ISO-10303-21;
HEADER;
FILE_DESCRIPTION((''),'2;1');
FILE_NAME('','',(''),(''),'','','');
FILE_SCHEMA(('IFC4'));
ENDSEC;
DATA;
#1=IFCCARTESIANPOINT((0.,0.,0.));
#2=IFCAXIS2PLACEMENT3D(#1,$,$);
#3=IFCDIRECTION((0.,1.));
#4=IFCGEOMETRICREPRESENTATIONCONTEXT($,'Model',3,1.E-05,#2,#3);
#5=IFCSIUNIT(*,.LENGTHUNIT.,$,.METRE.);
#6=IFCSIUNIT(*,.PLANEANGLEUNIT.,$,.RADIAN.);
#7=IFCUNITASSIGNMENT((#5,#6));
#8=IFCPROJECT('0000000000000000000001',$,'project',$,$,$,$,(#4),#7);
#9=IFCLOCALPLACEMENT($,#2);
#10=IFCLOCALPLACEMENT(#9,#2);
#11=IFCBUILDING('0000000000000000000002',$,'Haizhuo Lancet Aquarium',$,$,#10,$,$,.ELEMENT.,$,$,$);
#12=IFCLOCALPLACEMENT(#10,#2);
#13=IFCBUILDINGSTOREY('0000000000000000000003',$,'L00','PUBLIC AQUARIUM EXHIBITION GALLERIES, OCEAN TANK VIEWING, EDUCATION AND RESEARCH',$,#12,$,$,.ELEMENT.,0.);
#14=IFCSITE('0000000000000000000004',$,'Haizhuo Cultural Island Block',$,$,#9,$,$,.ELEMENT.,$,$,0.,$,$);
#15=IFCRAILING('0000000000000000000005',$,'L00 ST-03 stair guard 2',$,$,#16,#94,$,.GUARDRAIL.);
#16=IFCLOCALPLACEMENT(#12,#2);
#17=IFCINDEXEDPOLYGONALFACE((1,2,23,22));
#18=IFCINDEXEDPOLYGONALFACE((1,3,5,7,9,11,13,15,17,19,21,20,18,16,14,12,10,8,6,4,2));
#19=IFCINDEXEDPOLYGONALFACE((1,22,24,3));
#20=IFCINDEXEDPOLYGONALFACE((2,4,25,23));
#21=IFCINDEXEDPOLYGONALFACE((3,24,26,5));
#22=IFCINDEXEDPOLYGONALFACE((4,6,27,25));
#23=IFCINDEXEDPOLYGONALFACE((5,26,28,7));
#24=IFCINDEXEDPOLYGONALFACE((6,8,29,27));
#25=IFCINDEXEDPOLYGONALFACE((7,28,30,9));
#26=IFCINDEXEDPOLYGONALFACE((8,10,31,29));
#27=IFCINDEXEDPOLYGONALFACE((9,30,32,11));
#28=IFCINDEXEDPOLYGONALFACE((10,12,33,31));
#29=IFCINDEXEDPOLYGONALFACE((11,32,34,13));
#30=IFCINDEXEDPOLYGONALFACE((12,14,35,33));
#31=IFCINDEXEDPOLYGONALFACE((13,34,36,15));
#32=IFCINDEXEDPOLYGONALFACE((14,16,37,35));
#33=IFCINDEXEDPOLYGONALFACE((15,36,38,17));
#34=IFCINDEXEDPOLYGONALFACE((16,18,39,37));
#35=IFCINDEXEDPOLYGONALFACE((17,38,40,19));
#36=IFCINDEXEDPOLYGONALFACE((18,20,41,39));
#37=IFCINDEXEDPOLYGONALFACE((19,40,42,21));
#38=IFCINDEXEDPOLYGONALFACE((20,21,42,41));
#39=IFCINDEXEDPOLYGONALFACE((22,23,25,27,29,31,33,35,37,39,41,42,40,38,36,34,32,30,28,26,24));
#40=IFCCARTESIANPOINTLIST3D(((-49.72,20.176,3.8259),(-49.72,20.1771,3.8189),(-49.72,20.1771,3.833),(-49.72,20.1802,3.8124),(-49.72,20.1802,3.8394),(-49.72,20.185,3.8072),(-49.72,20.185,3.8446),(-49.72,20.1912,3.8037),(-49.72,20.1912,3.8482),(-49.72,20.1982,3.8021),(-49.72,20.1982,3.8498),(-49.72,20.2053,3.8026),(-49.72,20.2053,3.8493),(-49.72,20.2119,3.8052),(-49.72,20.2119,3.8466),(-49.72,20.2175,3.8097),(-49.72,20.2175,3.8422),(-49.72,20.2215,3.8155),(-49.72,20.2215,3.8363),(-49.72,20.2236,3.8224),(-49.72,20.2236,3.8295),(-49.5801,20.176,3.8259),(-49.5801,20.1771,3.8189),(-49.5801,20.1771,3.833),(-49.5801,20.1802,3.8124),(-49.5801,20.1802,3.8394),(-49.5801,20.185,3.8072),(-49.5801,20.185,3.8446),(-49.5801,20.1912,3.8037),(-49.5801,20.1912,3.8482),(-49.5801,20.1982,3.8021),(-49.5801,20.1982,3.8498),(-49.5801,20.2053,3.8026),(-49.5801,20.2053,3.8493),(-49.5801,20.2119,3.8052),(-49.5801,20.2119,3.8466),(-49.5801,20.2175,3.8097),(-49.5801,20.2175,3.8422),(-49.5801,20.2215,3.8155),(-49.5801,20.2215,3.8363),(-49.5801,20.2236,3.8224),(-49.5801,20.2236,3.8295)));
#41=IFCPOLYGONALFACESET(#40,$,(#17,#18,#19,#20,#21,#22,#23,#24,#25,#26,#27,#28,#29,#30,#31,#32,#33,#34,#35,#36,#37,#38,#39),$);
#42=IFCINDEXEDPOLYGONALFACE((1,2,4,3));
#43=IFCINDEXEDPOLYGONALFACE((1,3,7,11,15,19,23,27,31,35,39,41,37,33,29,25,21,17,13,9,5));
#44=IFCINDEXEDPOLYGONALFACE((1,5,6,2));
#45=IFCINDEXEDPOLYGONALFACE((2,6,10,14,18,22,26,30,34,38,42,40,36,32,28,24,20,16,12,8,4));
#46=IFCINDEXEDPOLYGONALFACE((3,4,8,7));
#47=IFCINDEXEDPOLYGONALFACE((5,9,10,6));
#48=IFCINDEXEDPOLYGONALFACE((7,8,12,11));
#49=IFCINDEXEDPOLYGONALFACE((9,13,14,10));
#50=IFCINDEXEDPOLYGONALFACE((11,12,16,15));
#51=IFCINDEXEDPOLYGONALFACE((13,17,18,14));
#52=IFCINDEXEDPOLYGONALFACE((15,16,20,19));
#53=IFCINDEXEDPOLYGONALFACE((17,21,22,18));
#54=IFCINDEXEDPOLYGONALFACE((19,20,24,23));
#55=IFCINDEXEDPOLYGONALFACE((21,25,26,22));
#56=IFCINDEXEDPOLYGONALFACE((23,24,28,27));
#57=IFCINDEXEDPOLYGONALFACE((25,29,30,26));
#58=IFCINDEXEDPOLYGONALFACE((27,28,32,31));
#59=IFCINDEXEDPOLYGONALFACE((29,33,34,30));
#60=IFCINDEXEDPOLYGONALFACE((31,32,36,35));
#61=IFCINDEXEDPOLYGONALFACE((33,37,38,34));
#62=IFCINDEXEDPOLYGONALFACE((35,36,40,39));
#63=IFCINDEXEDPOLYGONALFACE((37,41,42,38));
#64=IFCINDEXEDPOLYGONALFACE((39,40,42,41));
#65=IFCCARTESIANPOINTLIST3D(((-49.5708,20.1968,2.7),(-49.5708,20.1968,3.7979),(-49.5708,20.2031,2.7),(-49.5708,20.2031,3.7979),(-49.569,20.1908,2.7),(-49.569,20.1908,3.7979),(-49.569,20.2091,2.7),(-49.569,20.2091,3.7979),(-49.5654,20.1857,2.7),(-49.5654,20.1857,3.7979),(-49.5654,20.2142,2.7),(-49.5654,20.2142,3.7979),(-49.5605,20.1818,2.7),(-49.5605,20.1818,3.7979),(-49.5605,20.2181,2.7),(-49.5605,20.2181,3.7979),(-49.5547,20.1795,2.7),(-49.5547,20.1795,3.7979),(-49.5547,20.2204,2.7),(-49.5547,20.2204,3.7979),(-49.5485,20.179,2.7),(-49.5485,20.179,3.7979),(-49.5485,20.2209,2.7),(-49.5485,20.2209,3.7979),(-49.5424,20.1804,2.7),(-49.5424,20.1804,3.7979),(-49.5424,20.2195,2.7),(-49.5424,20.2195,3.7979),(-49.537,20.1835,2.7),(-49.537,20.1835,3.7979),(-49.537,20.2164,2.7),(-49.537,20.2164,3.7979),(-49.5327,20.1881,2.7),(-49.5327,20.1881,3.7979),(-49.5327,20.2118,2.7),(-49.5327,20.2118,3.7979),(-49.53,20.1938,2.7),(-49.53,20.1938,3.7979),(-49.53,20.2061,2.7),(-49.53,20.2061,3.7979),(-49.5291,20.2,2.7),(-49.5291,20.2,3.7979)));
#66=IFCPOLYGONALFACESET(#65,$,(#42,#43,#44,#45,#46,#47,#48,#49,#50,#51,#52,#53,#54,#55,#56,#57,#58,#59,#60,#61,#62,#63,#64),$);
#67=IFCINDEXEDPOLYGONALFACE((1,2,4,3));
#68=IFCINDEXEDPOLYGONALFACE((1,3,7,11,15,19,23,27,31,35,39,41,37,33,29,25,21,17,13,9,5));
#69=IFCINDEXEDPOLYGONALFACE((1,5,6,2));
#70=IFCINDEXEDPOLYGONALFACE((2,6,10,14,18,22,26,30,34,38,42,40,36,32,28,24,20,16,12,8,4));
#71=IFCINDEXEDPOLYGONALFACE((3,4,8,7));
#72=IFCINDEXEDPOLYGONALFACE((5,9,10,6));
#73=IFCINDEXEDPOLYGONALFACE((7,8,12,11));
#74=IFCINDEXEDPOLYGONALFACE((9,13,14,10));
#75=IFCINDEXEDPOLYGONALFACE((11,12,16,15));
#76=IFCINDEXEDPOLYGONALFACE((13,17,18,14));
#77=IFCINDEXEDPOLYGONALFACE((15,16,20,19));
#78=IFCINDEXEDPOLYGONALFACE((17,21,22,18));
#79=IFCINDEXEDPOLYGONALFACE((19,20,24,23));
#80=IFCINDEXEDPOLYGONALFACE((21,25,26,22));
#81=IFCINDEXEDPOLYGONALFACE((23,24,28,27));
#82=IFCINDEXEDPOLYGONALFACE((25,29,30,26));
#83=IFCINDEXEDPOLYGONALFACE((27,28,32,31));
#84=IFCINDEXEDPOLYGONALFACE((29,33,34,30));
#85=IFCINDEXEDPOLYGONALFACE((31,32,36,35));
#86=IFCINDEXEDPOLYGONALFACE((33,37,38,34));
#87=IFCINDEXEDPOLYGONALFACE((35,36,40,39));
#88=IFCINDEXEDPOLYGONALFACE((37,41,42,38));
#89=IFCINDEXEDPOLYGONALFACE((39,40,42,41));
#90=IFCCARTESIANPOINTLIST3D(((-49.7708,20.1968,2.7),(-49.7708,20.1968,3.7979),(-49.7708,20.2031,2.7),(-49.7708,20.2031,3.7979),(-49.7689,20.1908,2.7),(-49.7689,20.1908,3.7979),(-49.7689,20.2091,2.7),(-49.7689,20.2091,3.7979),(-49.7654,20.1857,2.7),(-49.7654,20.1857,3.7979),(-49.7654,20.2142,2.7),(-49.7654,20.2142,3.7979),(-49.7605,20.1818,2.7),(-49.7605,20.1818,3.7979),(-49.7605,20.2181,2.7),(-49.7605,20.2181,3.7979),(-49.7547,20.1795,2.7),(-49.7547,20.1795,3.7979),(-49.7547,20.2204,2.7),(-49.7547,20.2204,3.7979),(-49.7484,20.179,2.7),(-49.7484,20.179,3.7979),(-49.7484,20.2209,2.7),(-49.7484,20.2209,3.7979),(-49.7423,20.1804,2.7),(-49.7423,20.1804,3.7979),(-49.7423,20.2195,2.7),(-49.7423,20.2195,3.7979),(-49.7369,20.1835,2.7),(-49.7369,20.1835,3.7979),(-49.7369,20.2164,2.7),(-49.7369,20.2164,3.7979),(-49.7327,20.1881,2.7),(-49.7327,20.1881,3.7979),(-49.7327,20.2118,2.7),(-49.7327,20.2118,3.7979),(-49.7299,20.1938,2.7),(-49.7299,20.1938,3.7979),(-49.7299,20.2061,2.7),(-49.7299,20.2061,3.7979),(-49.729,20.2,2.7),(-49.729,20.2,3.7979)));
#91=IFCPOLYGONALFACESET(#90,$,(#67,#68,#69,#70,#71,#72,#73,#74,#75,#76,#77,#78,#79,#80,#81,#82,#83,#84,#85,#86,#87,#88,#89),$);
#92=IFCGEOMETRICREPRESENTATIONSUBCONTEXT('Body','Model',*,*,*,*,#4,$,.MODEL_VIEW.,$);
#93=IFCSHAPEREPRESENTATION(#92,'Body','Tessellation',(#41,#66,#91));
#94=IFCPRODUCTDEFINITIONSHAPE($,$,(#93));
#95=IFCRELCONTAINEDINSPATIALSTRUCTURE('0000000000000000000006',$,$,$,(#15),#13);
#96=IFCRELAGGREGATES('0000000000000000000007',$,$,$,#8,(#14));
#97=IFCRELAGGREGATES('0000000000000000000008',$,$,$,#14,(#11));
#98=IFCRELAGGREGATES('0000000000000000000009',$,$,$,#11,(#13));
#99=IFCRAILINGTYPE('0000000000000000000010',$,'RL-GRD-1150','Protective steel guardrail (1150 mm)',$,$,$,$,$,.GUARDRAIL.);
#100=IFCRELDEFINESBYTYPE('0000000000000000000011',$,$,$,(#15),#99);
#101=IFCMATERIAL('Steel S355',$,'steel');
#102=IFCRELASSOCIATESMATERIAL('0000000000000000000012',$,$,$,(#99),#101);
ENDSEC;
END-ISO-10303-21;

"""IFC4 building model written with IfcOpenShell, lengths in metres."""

from ifc_helpers import new_model, si_unit, direction, frame, origin, origin_2d, place, context, subcontext, project, spatial, circle, extrude, material, type_object, element, save


model = new_model("IFC4")

# Units and contexts
model_context = context("Model", 3, precision=1e-05, world=origin(), true_north=direction((0.0, 1.0)))
body_context = subcontext(model_context, "Body", "Model", "MODEL_VIEW")
ifc_project = project(units=[si_unit("LENGTHUNIT", "METRE"), si_unit("PLANEANGLEUNIT", "RADIAN")], contexts=[model_context])

# Site, building, storey
site_placement = place(None, origin())
site = spatial("IfcSite", under=ifc_project, at=site_placement, Name="Haizhuo Cultural Island Block", CompositionType="ELEMENT", RefElevation=0.0)
building_placement = place(site_placement, origin())
building = spatial("IfcBuilding", under=site, at=building_placement, Name="Haizhuo Lancet Aquarium", CompositionType="ELEMENT")
storey_placement = place(building_placement, origin())
storey = spatial("IfcBuildingStorey", under=building, at=storey_placement, Name="L00", Description="PUBLIC AQUARIUM EXHIBITION GALLERIES, OCEAN TANK VIEWING, EDUCATION AND RESEARCH", CompositionType="ELEMENT", Elevation=0.0)

# Shared definitions
ifc_material_1 = material(Name="Steel S355", Category="steel")

# Railing
railing_type_1 = type_object("IfcRailingType", Name="RL-GRD-1150", Description="Protective steel guardrail (1150 mm)", PredefinedType="GUARDRAIL", material=ifc_material_1)
railing_1_placement = place(storey_placement, frame((-49.55, 20.2, 2.7)))
element("IfcRailing", 1, at=railing_1_placement, inside=storey, type_object=railing_type_1, Name="L00 ST-03 stair guard 2", PredefinedType="GUARDRAIL", context=body_context, shape_type="SweptSolid", body=[
    extrude(circle(Radius=0.0239, at=origin_2d()), frame((-0.03, 0.0, 1.126), z_axis=(-1.0, 0.0, 0.0), x_axis=(0.0, -1.0, 0.0)), (0.0, 0.0, 1.0), 0.1399),
    extrude(circle(Radius=0.021, at=origin_2d()), origin(), (0.0, 0.0, 1.0), 1.0979),
    extrude(circle(Radius=0.021, at=origin_2d()), frame((-0.2, 0.0, 0.0)), (0.0, 0.0, 1.0), 1.0979),
])

save(model, "model.ifc")
